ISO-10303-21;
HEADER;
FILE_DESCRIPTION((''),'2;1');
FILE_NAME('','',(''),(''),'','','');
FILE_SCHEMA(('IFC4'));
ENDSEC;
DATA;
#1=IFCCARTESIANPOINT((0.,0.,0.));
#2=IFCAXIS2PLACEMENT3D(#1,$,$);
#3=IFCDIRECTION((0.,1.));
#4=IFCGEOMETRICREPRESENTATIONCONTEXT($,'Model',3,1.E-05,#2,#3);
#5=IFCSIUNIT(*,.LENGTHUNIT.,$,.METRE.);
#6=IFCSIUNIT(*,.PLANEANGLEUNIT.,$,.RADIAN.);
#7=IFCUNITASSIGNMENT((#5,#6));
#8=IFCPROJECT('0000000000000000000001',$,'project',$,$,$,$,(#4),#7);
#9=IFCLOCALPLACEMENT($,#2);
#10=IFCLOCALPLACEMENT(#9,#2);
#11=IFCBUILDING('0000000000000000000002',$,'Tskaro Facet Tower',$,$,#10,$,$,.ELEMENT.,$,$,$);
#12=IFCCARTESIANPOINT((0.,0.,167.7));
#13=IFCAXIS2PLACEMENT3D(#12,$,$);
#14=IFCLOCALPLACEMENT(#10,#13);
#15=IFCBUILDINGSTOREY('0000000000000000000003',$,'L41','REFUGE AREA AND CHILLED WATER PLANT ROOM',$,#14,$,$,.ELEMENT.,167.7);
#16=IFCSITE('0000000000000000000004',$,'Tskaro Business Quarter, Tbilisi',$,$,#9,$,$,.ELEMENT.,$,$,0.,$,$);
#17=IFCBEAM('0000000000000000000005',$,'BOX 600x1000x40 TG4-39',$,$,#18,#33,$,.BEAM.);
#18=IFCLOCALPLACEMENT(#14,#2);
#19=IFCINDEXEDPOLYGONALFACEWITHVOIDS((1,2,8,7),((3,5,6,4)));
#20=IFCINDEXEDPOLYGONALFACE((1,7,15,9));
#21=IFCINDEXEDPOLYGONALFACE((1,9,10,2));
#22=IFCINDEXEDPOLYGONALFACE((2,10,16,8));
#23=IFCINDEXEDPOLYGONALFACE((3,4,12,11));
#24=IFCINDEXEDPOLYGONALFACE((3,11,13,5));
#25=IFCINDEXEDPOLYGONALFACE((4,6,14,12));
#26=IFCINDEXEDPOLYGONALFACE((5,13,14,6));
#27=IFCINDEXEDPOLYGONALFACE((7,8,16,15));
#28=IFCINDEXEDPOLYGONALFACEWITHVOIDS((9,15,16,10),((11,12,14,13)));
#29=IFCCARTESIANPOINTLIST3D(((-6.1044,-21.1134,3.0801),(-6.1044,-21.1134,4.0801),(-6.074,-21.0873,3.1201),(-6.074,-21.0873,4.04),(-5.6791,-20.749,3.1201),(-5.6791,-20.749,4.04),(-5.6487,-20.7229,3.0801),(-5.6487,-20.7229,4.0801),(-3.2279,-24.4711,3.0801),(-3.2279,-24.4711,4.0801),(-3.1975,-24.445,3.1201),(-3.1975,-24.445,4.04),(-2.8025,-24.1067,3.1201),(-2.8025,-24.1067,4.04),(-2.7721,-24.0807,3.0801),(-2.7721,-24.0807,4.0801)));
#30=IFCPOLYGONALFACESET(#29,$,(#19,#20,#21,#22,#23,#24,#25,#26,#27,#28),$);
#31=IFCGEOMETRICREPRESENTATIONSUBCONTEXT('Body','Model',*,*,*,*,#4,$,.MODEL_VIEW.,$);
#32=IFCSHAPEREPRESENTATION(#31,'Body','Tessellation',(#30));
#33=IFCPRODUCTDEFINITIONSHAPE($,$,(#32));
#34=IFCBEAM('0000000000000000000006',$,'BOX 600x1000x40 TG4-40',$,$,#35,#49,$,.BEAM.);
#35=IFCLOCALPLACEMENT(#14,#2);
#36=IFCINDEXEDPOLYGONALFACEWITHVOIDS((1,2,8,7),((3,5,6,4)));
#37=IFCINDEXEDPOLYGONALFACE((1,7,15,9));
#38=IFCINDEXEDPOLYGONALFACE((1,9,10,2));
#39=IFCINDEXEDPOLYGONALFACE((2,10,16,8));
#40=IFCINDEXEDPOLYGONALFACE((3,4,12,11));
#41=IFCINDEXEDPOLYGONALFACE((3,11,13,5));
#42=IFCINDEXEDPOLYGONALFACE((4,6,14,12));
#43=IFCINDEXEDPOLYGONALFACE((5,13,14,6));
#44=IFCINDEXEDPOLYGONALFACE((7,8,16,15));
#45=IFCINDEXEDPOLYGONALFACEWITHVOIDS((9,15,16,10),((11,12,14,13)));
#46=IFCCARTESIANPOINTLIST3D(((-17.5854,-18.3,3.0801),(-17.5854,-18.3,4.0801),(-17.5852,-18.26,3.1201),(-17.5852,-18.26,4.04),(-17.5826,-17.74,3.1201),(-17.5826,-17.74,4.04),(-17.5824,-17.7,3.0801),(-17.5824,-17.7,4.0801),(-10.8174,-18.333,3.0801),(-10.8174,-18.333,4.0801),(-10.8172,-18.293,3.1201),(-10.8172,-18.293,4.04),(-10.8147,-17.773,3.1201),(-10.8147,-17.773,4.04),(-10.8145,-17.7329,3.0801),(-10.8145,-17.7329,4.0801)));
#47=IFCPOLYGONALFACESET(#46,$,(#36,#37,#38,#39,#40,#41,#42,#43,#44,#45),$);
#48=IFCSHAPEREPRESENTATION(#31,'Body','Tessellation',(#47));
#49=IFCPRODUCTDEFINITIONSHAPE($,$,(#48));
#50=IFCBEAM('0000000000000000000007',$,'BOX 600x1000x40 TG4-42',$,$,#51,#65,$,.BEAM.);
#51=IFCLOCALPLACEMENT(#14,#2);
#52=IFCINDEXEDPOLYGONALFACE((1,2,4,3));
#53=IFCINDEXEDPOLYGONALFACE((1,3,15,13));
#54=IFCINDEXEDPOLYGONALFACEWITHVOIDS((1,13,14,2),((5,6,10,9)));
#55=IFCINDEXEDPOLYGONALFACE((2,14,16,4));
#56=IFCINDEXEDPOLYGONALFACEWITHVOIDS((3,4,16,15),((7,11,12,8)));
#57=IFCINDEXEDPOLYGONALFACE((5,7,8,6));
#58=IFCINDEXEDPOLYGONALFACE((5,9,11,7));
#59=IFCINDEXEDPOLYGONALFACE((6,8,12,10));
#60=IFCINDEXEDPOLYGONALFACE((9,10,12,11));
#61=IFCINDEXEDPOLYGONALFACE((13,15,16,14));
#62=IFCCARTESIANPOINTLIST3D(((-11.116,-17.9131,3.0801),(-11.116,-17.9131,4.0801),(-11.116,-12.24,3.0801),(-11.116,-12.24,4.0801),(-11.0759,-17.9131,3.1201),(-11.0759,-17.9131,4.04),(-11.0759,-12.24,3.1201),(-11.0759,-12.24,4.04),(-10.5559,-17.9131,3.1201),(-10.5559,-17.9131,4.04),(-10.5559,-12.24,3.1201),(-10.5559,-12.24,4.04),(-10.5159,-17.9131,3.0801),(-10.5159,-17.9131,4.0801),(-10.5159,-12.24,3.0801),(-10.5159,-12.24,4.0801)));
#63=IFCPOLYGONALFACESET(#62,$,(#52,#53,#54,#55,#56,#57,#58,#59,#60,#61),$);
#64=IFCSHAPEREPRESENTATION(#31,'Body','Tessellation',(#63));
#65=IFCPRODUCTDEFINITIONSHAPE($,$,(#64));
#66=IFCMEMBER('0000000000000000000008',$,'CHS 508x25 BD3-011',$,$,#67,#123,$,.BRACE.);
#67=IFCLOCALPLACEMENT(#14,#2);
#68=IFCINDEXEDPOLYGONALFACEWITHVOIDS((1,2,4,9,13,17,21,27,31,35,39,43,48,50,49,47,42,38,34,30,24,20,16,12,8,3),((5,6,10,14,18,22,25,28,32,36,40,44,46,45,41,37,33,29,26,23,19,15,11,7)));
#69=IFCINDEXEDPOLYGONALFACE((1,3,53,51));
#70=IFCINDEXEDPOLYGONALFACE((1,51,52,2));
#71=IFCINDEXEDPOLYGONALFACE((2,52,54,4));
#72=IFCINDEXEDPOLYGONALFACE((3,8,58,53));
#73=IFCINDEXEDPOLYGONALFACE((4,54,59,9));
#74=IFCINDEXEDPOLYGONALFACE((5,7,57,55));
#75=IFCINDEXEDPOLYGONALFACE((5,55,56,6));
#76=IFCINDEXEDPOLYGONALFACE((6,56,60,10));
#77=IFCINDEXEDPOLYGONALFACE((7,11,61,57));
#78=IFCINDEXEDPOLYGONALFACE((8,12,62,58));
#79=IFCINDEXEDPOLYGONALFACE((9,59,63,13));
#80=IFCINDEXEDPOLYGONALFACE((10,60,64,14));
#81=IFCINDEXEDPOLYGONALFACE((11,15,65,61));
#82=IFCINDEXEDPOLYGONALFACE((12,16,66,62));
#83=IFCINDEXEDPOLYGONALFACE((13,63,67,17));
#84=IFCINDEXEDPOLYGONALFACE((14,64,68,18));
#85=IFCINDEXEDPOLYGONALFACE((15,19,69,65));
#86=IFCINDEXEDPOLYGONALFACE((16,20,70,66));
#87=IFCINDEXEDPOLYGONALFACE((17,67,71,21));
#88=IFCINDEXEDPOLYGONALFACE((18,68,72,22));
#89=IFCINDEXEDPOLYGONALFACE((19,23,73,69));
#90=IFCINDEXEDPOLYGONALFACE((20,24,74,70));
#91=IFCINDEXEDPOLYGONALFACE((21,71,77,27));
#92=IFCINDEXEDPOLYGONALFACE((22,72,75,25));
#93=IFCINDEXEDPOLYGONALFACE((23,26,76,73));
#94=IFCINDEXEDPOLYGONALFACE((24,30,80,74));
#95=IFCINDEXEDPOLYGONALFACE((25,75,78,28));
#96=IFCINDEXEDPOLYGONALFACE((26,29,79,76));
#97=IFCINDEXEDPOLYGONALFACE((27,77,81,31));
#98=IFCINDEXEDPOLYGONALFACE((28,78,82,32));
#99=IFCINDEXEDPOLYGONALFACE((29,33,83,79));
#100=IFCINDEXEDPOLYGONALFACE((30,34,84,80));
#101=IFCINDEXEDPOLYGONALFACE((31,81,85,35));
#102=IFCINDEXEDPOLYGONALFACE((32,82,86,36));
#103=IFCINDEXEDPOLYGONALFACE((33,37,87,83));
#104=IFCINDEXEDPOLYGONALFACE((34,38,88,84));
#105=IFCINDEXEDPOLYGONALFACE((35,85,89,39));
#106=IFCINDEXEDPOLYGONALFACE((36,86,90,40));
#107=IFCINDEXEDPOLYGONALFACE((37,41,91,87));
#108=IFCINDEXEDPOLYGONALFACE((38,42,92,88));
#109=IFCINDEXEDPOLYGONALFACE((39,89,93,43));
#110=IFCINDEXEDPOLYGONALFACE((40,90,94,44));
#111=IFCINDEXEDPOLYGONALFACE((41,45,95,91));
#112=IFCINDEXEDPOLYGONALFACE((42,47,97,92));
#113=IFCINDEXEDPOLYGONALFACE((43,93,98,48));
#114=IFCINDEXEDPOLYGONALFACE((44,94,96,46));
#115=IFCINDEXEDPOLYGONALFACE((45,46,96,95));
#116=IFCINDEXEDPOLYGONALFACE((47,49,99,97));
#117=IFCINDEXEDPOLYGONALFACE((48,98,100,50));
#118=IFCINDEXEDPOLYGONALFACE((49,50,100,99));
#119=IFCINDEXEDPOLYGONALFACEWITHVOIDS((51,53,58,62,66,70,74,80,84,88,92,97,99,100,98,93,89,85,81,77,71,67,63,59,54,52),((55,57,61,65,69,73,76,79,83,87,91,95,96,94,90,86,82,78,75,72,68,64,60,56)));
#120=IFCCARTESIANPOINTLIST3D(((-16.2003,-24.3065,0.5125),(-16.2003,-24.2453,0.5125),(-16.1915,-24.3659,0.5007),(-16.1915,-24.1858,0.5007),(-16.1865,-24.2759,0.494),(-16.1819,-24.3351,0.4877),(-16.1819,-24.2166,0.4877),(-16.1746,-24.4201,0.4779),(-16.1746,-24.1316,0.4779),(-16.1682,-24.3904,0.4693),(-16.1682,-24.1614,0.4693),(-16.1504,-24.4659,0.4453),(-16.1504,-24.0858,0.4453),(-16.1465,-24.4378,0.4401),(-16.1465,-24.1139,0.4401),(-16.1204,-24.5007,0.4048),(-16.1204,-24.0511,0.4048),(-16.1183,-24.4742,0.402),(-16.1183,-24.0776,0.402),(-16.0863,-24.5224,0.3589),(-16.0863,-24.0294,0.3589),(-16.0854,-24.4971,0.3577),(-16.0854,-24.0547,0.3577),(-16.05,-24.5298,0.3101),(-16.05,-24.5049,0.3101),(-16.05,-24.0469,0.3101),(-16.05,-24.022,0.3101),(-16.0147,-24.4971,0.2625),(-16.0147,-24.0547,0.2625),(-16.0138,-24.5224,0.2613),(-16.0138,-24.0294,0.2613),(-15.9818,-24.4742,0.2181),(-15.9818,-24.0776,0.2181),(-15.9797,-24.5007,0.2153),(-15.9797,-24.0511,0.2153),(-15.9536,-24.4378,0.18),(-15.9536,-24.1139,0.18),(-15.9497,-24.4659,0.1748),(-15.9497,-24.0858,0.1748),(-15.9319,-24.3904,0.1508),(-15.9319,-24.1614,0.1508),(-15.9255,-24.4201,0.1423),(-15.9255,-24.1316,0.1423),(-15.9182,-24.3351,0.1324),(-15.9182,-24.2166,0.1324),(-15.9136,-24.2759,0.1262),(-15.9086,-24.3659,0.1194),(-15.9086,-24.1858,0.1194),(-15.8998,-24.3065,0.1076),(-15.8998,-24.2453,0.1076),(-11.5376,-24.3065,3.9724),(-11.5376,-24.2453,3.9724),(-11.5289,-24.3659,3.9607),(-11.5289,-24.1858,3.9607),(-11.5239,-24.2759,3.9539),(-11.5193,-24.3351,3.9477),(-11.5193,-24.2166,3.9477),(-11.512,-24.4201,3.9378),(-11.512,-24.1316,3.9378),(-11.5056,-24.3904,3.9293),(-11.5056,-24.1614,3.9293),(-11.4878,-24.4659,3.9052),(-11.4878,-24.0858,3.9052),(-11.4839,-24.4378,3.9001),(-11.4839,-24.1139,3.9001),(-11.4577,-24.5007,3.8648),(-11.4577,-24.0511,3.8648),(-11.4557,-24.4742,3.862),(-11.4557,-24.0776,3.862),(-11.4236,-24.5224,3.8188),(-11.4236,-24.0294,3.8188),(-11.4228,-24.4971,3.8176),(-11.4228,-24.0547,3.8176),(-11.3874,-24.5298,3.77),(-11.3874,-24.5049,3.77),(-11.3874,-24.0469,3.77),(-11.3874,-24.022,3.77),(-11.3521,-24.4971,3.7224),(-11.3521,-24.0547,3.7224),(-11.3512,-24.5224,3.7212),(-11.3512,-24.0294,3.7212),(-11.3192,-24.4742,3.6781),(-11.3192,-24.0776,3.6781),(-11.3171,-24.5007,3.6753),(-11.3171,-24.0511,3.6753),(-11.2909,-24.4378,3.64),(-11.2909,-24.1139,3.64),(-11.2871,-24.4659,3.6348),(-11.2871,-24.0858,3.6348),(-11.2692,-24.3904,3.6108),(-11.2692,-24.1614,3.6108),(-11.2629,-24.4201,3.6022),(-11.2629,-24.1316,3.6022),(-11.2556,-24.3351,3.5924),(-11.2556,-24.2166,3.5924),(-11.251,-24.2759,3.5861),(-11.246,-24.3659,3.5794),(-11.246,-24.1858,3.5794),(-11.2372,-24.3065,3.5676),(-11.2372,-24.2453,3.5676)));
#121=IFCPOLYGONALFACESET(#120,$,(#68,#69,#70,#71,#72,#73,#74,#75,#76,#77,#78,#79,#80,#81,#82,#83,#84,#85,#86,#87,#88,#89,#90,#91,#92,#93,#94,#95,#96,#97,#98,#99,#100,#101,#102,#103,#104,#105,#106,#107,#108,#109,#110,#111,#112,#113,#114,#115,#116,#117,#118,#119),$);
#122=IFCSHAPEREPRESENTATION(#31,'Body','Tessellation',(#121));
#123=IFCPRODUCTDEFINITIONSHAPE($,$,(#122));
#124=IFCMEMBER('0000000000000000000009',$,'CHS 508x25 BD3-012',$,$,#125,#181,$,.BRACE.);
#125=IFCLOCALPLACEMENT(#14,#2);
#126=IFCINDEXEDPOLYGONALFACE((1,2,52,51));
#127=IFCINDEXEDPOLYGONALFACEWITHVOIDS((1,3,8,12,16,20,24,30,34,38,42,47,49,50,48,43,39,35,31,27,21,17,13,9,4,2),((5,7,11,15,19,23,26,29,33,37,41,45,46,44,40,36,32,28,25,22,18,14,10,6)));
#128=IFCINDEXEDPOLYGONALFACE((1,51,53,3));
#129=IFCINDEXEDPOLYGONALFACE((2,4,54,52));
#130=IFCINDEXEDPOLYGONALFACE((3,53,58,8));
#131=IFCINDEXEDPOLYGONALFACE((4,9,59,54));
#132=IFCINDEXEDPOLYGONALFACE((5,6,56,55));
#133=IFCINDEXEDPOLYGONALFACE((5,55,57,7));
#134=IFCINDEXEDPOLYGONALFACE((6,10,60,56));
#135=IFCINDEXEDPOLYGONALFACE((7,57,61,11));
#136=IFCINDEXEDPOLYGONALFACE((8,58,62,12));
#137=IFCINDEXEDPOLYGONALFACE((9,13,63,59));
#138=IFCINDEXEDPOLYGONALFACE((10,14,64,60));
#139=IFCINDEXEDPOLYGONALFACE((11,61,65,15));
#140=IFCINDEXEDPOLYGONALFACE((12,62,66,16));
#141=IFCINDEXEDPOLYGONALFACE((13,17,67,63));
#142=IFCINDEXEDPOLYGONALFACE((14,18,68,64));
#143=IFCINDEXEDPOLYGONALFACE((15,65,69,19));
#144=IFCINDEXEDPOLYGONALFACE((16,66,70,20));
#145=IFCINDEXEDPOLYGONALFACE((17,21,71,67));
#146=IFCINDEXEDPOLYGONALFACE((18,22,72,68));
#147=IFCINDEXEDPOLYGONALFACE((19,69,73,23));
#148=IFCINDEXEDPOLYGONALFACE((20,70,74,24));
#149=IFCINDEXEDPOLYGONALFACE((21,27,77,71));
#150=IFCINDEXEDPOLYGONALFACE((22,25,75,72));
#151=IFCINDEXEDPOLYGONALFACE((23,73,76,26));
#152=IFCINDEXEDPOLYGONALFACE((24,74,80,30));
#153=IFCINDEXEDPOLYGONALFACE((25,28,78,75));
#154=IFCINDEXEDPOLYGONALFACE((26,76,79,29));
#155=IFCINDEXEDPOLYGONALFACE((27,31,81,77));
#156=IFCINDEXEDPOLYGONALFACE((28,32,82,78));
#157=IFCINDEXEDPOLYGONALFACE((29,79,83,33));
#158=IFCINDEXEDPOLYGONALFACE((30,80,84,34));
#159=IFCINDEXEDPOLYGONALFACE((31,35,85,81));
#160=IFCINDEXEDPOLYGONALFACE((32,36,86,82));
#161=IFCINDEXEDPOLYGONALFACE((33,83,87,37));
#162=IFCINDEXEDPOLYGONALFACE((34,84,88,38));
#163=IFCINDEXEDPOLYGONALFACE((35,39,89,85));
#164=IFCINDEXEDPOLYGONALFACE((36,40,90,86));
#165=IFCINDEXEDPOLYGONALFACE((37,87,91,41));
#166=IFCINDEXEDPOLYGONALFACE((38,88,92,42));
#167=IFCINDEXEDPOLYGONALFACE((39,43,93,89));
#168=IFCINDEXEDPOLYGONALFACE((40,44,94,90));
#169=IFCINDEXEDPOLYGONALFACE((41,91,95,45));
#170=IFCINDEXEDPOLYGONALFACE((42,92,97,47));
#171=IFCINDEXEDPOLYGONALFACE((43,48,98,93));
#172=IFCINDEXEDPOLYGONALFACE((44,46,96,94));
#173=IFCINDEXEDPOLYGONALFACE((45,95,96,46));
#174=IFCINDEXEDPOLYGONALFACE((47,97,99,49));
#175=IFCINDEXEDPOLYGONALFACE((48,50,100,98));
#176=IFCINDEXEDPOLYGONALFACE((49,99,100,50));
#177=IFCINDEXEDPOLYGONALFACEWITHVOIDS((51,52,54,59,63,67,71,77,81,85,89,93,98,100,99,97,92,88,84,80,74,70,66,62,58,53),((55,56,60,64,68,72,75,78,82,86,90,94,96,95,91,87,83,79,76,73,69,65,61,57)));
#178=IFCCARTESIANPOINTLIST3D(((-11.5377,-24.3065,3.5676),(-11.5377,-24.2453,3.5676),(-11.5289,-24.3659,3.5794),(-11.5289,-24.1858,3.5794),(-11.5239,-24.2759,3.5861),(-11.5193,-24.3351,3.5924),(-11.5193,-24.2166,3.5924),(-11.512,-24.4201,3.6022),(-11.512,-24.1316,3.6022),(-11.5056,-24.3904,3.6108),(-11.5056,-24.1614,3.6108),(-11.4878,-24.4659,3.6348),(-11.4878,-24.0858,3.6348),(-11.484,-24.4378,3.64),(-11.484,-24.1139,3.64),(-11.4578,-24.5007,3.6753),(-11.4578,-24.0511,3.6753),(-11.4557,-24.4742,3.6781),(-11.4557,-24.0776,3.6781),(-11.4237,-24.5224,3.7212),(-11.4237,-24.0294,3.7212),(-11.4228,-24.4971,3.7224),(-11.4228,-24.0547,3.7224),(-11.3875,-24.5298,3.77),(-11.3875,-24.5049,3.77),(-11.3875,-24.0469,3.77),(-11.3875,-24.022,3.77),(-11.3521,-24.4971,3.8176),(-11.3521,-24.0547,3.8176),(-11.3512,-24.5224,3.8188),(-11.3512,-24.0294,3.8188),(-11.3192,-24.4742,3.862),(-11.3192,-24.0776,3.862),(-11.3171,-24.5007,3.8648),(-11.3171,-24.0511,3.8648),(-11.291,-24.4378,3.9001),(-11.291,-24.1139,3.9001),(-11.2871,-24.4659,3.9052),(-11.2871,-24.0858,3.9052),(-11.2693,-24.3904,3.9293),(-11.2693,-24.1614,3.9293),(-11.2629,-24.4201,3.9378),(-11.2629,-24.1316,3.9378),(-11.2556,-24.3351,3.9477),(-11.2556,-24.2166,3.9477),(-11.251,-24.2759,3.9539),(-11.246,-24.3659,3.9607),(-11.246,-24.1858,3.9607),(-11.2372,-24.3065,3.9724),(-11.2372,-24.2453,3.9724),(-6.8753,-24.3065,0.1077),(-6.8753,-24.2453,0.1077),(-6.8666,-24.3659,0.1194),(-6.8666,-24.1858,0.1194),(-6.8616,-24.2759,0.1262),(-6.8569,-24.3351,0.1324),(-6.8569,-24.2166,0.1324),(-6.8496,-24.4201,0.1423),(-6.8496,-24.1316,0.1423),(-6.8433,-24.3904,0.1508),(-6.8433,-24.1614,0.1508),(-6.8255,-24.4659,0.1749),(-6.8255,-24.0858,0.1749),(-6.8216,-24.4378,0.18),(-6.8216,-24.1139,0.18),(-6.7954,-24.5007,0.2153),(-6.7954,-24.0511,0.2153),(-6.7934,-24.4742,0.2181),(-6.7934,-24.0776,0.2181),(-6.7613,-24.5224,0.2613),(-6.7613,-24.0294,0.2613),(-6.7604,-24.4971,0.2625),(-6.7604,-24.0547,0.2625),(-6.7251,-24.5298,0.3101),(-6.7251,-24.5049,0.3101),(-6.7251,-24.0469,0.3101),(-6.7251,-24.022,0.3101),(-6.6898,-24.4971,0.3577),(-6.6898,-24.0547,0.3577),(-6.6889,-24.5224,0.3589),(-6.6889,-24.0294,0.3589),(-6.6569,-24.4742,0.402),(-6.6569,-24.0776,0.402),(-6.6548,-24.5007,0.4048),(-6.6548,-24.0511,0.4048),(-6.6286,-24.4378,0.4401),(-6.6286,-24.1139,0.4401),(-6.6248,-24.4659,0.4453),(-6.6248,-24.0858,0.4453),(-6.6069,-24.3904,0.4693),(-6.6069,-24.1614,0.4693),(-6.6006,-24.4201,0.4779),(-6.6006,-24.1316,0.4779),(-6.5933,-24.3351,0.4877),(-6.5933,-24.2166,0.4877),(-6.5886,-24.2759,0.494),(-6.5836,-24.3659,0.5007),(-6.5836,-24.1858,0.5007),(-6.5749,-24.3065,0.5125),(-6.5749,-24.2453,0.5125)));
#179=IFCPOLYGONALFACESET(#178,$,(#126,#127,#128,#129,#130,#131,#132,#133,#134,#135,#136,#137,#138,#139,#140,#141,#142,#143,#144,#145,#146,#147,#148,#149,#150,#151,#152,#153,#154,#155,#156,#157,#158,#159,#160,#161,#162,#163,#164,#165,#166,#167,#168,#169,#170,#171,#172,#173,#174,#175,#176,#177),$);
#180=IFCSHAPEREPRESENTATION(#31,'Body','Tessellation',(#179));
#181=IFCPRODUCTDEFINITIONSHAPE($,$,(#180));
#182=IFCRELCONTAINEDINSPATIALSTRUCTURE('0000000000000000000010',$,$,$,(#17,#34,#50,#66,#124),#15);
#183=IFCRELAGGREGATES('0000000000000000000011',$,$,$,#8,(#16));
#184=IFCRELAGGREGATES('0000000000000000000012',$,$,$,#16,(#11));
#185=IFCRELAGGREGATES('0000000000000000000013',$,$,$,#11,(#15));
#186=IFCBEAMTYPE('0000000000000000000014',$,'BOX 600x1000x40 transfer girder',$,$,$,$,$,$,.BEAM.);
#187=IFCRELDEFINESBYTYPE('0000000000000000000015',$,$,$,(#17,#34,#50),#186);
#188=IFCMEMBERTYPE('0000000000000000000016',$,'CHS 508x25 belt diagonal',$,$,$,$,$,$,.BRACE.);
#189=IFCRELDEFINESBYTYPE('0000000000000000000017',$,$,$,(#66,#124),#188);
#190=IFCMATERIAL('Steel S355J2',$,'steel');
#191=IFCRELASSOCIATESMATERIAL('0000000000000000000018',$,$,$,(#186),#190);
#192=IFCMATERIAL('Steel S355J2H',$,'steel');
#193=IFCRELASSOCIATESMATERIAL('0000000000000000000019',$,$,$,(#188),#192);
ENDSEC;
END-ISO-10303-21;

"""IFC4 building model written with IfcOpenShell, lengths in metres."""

from ifc_helpers import new_model, si_unit, direction, frame, origin, origin_2d, place, context, subcontext, project, spatial, hollow_rectangle, hollow_circle, extrude, material, material_profile, profile_set, type_object, element, save


model = new_model("IFC4")

# Units and contexts
model_context = context("Model", 3, precision=1e-05, world=origin(), true_north=direction((0.0, 1.0)))
body_context = subcontext(model_context, "Body", "Model", "MODEL_VIEW")
ifc_project = project(units=[si_unit("LENGTHUNIT", "METRE"), si_unit("PLANEANGLEUNIT", "RADIAN")], contexts=[model_context])

# Site, building, storey
site_placement = place(None, origin())
site = spatial("IfcSite", under=ifc_project, at=site_placement, Name="Tskaro Business Quarter, Tbilisi", CompositionType="ELEMENT", RefElevation=0.0)
building_placement = place(site_placement, origin())
building = spatial("IfcBuilding", under=site, at=building_placement, Name="Tskaro Facet Tower", CompositionType="ELEMENT")
storey_placement = place(building_placement, frame((0.0, 0.0, 167.7)))
storey = spatial("IfcBuildingStorey", under=building, at=storey_placement, Name="L41", Description="REFUGE AREA AND CHILLED WATER PLANT ROOM", CompositionType="ELEMENT", Elevation=167.7)

# Shared definitions
ifc_material_1 = material(Name="Steel S355J2H", Category="steel")

# Beams
ifc_material_2 = material(Name="Steel S355J2", Category="steel")
ifc_material_profile_1 = material_profile(ifc_material_2, hollow_rectangle(XDim=0.6001, YDim=1.0, WallThickness=0.04, at=origin_2d()), Name="BOX 600x1000x40")
ifc_profile_set_1 = profile_set([ifc_material_profile_1], Name="Steel S355J2")
beam_type_1 = type_object("IfcBeamType", Name="BOX 600x1000x40 transfer girder", PredefinedType="BEAM", material=ifc_profile_set_1)
beam_1_placement = place(storey_placement, frame((-3.0, -24.2759, 3.5801), z_axis=(-0.650591, 0.759428, 0.0), x_axis=(-0.759428, -0.650591, 0.0)))
element("IfcBeam", 1, at=beam_1_placement, inside=storey, type_object=beam_type_1, Name="BOX 600x1000x40 TG4-39", PredefinedType="BEAM", context=body_context, shape_type="SweptSolid", body=[
    extrude(hollow_rectangle(XDim=0.6001, YDim=1.0, WallThickness=0.04, at=origin_2d()), origin(), (0.0, 0.0, 1.0), 4.4214),
])
beam_2_placement = place(storey_placement, frame((-10.8159, -18.033, 3.5801), z_axis=(-0.999988, 0.00487, 0.0), x_axis=(-0.00487, -0.999988, 0.0)))
element("IfcBeam", 2, at=beam_2_placement, inside=storey, type_object=beam_type_1, Name="BOX 600x1000x40 TG4-40", PredefinedType="BEAM", context=body_context, shape_type="SweptSolid", body=[
    extrude(hollow_rectangle(XDim=0.6001, YDim=1.0, WallThickness=0.04, at=origin_2d()), origin(), (0.0, 0.0, 1.0), 6.7681),
])
beam_3_placement = place(storey_placement, frame((-10.8159, -17.9131, 3.5801), z_axis=(0.0, 1.0, 0.0), x_axis=(-1.0, 0.0, 0.0)))
element("IfcBeam", 3, at=beam_3_placement, inside=storey, type_object=beam_type_1, Name="BOX 600x1000x40 TG4-42", PredefinedType="BEAM", context=body_context, shape_type="SweptSolid", body=[
    extrude(hollow_rectangle(XDim=0.6001, YDim=1.0, WallThickness=0.04, at=origin_2d()), origin(), (0.0, 0.0, 1.0), 5.6731),
])

# Members
ifc_material_profile_2 = material_profile(ifc_material_1, hollow_circle(Radius=0.2539, WallThickness=0.0249, at=origin_2d()), Name="CHS 508x25")
ifc_profile_set_2 = profile_set([ifc_material_profile_2], Name="Steel S355J2H")
member_type_1 = type_object("IfcMemberType", Name="CHS 508x25 belt diagonal", PredefinedType="BRACE", material=ifc_profile_set_2)
member_1_placement = place(storey_placement, frame((-16.05, -24.2759, 0.3101), z_axis=(0.803047, 0.0, 0.595915), x_axis=(0.0, 1.0, 0.0)))
element("IfcMember", 4, at=member_1_placement, inside=storey, type_object=member_type_1, Name="CHS 508x25 BD3-011", PredefinedType="BRACE", context=body_context, shape_type="SweptSolid", body=[
    extrude(hollow_circle(Radius=0.2539, WallThickness=0.0249, at=origin_2d()), origin(), (0.0, 0.0, 1.0), 5.8062),
])
member_2_placement = place(storey_placement, frame((-11.3875, -24.2759, 3.77), z_axis=(0.803032, 0.0, -0.595935), x_axis=(0.0, 1.0, 0.0)))
element("IfcMember", 5, at=member_2_placement, inside=storey, type_object=member_type_1, Name="CHS 508x25 BD3-012", PredefinedType="BRACE", context=body_context, shape_type="SweptSolid", body=[
    extrude(hollow_circle(Radius=0.2539, WallThickness=0.0249, at=origin_2d()), origin(), (0.0, 0.0, 1.0), 5.8059),
])

save(model, "model.ifc")
